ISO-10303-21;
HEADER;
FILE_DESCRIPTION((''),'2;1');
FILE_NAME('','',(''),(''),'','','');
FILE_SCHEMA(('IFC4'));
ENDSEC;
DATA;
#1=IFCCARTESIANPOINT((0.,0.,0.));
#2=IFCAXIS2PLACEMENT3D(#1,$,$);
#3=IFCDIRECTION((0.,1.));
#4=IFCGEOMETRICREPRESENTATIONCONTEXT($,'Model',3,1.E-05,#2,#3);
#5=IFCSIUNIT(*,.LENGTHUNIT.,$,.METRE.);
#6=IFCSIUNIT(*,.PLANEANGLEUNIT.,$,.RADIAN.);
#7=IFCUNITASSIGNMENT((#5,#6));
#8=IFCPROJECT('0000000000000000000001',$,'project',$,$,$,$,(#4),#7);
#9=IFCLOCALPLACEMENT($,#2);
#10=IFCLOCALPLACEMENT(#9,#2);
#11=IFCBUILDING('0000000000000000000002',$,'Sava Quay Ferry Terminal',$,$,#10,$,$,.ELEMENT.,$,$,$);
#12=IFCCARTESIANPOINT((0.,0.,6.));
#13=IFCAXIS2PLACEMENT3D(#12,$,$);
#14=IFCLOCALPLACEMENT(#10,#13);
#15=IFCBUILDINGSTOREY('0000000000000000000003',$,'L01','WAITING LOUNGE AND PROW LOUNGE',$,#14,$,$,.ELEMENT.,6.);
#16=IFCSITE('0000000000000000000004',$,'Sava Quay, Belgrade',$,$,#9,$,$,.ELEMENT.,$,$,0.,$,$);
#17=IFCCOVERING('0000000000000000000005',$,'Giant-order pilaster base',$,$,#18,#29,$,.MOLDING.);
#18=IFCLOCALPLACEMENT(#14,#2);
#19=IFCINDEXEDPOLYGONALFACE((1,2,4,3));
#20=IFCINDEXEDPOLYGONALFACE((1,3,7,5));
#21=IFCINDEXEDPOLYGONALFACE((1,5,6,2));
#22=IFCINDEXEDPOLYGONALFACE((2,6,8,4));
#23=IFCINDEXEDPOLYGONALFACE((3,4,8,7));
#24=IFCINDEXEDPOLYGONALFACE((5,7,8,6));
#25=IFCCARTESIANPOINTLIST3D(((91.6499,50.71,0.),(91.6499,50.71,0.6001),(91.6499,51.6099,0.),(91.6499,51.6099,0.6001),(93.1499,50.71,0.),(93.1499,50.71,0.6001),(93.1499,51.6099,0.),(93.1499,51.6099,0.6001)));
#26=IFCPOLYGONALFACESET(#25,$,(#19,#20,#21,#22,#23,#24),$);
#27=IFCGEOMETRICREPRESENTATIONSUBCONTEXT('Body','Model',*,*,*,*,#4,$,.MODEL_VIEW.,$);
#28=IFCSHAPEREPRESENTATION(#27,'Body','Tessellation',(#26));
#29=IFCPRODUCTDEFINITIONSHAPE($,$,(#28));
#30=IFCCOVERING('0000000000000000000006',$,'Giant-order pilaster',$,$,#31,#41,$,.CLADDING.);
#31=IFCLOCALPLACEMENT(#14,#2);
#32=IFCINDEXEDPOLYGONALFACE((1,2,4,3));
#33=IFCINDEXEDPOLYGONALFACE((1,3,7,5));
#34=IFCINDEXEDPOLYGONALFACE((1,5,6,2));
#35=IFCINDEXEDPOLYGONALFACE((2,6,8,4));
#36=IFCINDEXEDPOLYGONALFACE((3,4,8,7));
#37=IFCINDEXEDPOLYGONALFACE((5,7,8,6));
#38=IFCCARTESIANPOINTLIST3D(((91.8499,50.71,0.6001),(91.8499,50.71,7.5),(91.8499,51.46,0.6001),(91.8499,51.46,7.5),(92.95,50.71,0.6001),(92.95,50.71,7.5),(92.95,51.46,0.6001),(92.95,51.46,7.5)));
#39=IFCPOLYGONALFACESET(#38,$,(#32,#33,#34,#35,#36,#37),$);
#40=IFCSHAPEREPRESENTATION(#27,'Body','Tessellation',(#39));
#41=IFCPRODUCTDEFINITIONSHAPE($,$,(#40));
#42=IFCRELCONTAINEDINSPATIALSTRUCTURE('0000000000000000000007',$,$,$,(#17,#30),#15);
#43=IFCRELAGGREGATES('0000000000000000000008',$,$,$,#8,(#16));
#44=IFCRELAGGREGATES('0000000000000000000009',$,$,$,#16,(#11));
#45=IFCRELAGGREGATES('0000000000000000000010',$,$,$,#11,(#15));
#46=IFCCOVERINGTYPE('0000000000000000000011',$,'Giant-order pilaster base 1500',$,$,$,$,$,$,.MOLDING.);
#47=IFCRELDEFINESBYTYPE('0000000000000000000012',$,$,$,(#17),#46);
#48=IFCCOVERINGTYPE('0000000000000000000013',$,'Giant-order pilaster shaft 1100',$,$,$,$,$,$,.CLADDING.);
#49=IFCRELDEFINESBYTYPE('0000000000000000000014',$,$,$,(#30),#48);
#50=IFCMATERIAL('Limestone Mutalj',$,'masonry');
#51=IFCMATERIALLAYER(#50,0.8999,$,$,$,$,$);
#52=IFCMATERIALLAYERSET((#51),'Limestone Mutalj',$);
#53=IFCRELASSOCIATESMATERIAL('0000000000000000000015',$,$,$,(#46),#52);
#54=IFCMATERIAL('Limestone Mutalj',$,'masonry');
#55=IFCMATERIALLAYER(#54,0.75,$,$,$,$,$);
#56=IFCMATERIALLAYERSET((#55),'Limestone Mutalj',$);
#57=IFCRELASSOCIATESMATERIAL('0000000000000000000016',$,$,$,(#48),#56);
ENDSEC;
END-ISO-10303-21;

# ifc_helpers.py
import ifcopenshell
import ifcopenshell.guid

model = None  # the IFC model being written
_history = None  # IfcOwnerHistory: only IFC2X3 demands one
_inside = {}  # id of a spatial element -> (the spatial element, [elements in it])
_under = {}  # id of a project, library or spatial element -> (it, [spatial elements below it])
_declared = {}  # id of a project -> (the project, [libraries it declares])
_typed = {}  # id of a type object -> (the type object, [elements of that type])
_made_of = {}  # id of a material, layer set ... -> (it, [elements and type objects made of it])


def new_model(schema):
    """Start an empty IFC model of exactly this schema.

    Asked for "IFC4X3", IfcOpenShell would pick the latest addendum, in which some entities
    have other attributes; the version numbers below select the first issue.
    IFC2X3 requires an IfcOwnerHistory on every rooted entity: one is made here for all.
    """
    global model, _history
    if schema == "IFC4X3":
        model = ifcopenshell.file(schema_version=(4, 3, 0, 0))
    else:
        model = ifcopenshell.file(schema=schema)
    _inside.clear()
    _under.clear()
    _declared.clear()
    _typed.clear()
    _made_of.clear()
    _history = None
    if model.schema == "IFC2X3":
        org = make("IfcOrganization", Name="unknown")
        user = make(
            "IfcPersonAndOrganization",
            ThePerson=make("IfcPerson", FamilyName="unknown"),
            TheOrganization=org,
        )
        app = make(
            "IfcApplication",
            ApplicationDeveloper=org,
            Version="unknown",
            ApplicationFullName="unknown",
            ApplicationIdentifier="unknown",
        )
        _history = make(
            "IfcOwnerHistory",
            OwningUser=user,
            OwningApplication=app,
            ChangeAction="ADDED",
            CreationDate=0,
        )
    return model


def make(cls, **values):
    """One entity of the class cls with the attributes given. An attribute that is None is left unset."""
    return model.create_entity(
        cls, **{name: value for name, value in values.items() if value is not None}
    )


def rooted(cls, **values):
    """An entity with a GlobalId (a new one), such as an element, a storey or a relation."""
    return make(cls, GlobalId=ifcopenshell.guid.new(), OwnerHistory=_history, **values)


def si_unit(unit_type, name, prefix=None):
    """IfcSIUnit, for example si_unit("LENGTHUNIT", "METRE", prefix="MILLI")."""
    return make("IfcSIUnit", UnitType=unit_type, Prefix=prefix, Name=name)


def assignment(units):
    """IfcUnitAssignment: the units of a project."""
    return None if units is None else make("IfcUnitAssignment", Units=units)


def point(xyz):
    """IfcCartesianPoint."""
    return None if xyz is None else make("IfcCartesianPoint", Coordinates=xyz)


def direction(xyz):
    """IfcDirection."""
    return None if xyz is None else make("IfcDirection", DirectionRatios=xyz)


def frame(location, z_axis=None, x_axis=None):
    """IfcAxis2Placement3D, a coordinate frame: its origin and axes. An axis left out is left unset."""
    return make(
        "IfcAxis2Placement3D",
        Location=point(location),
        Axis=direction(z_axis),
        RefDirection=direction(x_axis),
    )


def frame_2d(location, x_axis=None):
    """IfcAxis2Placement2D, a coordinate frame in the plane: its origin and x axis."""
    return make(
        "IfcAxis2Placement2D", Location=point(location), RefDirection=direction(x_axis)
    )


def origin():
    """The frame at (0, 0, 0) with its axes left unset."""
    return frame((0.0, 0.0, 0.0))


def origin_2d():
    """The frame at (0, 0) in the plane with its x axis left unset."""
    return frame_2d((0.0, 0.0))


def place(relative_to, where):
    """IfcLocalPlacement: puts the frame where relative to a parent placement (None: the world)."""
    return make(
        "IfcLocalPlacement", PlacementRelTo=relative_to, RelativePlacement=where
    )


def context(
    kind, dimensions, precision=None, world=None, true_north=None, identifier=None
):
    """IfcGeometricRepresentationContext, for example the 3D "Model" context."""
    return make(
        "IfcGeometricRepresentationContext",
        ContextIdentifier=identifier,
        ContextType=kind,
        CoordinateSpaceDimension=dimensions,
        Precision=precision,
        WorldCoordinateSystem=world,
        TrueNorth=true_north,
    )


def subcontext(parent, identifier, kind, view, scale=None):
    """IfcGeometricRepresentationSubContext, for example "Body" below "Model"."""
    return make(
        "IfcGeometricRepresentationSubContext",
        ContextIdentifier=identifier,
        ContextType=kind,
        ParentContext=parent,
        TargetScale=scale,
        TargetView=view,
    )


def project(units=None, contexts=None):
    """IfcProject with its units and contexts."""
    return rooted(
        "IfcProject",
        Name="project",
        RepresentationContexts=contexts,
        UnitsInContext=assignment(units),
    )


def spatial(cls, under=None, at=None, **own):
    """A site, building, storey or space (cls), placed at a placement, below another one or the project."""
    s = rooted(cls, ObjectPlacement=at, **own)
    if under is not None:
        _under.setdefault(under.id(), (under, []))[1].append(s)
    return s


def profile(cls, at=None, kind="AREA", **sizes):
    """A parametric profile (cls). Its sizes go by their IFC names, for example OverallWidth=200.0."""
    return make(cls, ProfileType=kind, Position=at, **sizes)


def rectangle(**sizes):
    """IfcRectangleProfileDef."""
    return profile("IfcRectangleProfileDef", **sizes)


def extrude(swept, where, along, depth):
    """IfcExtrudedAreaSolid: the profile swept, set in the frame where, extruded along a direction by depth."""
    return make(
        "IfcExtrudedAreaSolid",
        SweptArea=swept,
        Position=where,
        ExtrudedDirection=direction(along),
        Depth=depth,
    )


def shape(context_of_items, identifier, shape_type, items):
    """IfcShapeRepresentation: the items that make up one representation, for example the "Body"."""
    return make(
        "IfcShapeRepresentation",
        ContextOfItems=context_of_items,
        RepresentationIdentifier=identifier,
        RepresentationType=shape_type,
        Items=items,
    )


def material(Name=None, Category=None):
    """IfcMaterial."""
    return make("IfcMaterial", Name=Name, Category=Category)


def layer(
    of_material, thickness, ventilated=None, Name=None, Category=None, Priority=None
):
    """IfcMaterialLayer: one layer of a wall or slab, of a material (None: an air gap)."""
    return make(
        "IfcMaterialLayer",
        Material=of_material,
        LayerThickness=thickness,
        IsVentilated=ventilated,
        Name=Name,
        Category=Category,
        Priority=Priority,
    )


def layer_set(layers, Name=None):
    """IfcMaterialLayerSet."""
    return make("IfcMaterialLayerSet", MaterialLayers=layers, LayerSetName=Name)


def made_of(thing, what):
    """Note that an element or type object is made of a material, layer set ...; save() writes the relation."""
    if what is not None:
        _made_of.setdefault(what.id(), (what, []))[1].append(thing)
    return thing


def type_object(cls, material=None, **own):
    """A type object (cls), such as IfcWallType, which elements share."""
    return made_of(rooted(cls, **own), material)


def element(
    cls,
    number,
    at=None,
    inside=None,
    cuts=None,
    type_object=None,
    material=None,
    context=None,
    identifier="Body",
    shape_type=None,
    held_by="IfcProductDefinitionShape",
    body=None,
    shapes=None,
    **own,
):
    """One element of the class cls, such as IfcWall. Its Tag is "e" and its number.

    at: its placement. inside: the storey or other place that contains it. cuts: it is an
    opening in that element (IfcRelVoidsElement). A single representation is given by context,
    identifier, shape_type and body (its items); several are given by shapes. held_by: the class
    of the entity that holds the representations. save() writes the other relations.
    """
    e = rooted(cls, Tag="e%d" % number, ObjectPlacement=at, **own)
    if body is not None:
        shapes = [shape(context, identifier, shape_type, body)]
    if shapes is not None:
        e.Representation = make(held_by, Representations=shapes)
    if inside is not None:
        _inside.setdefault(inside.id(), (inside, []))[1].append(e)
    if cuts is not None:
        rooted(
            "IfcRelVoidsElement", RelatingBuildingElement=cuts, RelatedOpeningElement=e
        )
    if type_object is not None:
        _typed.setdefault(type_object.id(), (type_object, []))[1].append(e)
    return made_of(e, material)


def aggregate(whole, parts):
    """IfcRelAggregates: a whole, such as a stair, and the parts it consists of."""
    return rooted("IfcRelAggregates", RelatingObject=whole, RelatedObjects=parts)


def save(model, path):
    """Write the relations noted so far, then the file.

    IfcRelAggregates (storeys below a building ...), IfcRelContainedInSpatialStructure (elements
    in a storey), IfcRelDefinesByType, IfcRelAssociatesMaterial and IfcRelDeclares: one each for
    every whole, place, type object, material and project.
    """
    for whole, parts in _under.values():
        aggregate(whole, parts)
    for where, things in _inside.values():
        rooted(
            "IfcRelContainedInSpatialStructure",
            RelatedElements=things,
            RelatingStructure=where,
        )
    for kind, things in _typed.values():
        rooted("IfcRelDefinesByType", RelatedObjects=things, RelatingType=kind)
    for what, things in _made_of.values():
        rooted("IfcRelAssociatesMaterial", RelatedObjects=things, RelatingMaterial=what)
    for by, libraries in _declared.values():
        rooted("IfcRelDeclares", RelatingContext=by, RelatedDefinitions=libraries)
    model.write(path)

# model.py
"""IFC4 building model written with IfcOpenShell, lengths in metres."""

from ifc_helpers import new_model, si_unit, direction, frame, origin, origin_2d, place, context, subcontext, project, spatial, rectangle, extrude, material, layer, layer_set, type_object, element, save


model = new_model("IFC4")

# Units and contexts
model_context = context("Model", 3, precision=1e-05, world=origin(), true_north=direction((0.0, 1.0)))
body_context = subcontext(model_context, "Body", "Model", "MODEL_VIEW")
ifc_project = project(units=[si_unit("LENGTHUNIT", "METRE"), si_unit("PLANEANGLEUNIT", "RADIAN")], contexts=[model_context])

# Site, building, storey
site_placement = place(None, origin())
site = spatial("IfcSite", under=ifc_project, at=site_placement, Name="Sava Quay, Belgrade", CompositionType="ELEMENT", RefElevation=0.0)
building_placement = place(site_placement, origin())
building = spatial("IfcBuilding", under=site, at=building_placement, Name="Sava Quay Ferry Terminal", CompositionType="ELEMENT")
storey_placement = place(building_placement, frame((0.0, 0.0, 6.0)))
storey = spatial("IfcBuildingStorey", under=building, at=storey_placement, Name="L01", Description="WAITING LOUNGE AND PROW LOUNGE", CompositionType="ELEMENT", Elevation=6.0)

# Coverings
ifc_material_1 = material(Name="Limestone Mutalj", Category="masonry")
ifc_layer_1 = layer(ifc_material_1, 0.8999)
ifc_layer_set_1 = layer_set([ifc_layer_1], Name="Limestone Mutalj")
covering_type_1 = type_object("IfcCoveringType", Name="Giant-order pilaster base 1500", PredefinedType="MOLDING", material=ifc_layer_set_1)
covering_1_placement = place(storey_placement, frame((92.3999, 51.1599, 0.0), z_axis=(0.0, 0.0, 1.0), x_axis=(1.0, 0.0, 0.0)))
element("IfcCovering", 1, at=covering_1_placement, inside=storey, type_object=covering_type_1, Name="Giant-order pilaster base", PredefinedType="MOLDING", context=body_context, shape_type="SweptSolid", body=[
    extrude(rectangle(XDim=1.5, YDim=0.8999, at=origin_2d()), origin(), (0.0, 0.0, 1.0), 0.6001),
])
ifc_material_2 = material(Name="Limestone Mutalj", Category="masonry")
ifc_layer_2 = layer(ifc_material_2, 0.75)
ifc_layer_set_2 = layer_set([ifc_layer_2], Name="Limestone Mutalj")
covering_type_2 = type_object("IfcCoveringType", Name="Giant-order pilaster shaft 1100", PredefinedType="CLADDING", material=ifc_layer_set_2)
covering_2_placement = place(storey_placement, frame((92.3999, 51.085, 0.6001), z_axis=(0.0, 0.0, 1.0), x_axis=(1.0, 0.0, 0.0)))
element("IfcCovering", 2, at=covering_2_placement, inside=storey, type_object=covering_type_2, Name="Giant-order pilaster", PredefinedType="CLADDING", context=body_context, shape_type="SweptSolid", body=[
    extrude(rectangle(XDim=1.1001, YDim=0.75, at=origin_2d()), origin(), (0.0, 0.0, 1.0), 6.8999),
])

save(model, "model.ifc")
